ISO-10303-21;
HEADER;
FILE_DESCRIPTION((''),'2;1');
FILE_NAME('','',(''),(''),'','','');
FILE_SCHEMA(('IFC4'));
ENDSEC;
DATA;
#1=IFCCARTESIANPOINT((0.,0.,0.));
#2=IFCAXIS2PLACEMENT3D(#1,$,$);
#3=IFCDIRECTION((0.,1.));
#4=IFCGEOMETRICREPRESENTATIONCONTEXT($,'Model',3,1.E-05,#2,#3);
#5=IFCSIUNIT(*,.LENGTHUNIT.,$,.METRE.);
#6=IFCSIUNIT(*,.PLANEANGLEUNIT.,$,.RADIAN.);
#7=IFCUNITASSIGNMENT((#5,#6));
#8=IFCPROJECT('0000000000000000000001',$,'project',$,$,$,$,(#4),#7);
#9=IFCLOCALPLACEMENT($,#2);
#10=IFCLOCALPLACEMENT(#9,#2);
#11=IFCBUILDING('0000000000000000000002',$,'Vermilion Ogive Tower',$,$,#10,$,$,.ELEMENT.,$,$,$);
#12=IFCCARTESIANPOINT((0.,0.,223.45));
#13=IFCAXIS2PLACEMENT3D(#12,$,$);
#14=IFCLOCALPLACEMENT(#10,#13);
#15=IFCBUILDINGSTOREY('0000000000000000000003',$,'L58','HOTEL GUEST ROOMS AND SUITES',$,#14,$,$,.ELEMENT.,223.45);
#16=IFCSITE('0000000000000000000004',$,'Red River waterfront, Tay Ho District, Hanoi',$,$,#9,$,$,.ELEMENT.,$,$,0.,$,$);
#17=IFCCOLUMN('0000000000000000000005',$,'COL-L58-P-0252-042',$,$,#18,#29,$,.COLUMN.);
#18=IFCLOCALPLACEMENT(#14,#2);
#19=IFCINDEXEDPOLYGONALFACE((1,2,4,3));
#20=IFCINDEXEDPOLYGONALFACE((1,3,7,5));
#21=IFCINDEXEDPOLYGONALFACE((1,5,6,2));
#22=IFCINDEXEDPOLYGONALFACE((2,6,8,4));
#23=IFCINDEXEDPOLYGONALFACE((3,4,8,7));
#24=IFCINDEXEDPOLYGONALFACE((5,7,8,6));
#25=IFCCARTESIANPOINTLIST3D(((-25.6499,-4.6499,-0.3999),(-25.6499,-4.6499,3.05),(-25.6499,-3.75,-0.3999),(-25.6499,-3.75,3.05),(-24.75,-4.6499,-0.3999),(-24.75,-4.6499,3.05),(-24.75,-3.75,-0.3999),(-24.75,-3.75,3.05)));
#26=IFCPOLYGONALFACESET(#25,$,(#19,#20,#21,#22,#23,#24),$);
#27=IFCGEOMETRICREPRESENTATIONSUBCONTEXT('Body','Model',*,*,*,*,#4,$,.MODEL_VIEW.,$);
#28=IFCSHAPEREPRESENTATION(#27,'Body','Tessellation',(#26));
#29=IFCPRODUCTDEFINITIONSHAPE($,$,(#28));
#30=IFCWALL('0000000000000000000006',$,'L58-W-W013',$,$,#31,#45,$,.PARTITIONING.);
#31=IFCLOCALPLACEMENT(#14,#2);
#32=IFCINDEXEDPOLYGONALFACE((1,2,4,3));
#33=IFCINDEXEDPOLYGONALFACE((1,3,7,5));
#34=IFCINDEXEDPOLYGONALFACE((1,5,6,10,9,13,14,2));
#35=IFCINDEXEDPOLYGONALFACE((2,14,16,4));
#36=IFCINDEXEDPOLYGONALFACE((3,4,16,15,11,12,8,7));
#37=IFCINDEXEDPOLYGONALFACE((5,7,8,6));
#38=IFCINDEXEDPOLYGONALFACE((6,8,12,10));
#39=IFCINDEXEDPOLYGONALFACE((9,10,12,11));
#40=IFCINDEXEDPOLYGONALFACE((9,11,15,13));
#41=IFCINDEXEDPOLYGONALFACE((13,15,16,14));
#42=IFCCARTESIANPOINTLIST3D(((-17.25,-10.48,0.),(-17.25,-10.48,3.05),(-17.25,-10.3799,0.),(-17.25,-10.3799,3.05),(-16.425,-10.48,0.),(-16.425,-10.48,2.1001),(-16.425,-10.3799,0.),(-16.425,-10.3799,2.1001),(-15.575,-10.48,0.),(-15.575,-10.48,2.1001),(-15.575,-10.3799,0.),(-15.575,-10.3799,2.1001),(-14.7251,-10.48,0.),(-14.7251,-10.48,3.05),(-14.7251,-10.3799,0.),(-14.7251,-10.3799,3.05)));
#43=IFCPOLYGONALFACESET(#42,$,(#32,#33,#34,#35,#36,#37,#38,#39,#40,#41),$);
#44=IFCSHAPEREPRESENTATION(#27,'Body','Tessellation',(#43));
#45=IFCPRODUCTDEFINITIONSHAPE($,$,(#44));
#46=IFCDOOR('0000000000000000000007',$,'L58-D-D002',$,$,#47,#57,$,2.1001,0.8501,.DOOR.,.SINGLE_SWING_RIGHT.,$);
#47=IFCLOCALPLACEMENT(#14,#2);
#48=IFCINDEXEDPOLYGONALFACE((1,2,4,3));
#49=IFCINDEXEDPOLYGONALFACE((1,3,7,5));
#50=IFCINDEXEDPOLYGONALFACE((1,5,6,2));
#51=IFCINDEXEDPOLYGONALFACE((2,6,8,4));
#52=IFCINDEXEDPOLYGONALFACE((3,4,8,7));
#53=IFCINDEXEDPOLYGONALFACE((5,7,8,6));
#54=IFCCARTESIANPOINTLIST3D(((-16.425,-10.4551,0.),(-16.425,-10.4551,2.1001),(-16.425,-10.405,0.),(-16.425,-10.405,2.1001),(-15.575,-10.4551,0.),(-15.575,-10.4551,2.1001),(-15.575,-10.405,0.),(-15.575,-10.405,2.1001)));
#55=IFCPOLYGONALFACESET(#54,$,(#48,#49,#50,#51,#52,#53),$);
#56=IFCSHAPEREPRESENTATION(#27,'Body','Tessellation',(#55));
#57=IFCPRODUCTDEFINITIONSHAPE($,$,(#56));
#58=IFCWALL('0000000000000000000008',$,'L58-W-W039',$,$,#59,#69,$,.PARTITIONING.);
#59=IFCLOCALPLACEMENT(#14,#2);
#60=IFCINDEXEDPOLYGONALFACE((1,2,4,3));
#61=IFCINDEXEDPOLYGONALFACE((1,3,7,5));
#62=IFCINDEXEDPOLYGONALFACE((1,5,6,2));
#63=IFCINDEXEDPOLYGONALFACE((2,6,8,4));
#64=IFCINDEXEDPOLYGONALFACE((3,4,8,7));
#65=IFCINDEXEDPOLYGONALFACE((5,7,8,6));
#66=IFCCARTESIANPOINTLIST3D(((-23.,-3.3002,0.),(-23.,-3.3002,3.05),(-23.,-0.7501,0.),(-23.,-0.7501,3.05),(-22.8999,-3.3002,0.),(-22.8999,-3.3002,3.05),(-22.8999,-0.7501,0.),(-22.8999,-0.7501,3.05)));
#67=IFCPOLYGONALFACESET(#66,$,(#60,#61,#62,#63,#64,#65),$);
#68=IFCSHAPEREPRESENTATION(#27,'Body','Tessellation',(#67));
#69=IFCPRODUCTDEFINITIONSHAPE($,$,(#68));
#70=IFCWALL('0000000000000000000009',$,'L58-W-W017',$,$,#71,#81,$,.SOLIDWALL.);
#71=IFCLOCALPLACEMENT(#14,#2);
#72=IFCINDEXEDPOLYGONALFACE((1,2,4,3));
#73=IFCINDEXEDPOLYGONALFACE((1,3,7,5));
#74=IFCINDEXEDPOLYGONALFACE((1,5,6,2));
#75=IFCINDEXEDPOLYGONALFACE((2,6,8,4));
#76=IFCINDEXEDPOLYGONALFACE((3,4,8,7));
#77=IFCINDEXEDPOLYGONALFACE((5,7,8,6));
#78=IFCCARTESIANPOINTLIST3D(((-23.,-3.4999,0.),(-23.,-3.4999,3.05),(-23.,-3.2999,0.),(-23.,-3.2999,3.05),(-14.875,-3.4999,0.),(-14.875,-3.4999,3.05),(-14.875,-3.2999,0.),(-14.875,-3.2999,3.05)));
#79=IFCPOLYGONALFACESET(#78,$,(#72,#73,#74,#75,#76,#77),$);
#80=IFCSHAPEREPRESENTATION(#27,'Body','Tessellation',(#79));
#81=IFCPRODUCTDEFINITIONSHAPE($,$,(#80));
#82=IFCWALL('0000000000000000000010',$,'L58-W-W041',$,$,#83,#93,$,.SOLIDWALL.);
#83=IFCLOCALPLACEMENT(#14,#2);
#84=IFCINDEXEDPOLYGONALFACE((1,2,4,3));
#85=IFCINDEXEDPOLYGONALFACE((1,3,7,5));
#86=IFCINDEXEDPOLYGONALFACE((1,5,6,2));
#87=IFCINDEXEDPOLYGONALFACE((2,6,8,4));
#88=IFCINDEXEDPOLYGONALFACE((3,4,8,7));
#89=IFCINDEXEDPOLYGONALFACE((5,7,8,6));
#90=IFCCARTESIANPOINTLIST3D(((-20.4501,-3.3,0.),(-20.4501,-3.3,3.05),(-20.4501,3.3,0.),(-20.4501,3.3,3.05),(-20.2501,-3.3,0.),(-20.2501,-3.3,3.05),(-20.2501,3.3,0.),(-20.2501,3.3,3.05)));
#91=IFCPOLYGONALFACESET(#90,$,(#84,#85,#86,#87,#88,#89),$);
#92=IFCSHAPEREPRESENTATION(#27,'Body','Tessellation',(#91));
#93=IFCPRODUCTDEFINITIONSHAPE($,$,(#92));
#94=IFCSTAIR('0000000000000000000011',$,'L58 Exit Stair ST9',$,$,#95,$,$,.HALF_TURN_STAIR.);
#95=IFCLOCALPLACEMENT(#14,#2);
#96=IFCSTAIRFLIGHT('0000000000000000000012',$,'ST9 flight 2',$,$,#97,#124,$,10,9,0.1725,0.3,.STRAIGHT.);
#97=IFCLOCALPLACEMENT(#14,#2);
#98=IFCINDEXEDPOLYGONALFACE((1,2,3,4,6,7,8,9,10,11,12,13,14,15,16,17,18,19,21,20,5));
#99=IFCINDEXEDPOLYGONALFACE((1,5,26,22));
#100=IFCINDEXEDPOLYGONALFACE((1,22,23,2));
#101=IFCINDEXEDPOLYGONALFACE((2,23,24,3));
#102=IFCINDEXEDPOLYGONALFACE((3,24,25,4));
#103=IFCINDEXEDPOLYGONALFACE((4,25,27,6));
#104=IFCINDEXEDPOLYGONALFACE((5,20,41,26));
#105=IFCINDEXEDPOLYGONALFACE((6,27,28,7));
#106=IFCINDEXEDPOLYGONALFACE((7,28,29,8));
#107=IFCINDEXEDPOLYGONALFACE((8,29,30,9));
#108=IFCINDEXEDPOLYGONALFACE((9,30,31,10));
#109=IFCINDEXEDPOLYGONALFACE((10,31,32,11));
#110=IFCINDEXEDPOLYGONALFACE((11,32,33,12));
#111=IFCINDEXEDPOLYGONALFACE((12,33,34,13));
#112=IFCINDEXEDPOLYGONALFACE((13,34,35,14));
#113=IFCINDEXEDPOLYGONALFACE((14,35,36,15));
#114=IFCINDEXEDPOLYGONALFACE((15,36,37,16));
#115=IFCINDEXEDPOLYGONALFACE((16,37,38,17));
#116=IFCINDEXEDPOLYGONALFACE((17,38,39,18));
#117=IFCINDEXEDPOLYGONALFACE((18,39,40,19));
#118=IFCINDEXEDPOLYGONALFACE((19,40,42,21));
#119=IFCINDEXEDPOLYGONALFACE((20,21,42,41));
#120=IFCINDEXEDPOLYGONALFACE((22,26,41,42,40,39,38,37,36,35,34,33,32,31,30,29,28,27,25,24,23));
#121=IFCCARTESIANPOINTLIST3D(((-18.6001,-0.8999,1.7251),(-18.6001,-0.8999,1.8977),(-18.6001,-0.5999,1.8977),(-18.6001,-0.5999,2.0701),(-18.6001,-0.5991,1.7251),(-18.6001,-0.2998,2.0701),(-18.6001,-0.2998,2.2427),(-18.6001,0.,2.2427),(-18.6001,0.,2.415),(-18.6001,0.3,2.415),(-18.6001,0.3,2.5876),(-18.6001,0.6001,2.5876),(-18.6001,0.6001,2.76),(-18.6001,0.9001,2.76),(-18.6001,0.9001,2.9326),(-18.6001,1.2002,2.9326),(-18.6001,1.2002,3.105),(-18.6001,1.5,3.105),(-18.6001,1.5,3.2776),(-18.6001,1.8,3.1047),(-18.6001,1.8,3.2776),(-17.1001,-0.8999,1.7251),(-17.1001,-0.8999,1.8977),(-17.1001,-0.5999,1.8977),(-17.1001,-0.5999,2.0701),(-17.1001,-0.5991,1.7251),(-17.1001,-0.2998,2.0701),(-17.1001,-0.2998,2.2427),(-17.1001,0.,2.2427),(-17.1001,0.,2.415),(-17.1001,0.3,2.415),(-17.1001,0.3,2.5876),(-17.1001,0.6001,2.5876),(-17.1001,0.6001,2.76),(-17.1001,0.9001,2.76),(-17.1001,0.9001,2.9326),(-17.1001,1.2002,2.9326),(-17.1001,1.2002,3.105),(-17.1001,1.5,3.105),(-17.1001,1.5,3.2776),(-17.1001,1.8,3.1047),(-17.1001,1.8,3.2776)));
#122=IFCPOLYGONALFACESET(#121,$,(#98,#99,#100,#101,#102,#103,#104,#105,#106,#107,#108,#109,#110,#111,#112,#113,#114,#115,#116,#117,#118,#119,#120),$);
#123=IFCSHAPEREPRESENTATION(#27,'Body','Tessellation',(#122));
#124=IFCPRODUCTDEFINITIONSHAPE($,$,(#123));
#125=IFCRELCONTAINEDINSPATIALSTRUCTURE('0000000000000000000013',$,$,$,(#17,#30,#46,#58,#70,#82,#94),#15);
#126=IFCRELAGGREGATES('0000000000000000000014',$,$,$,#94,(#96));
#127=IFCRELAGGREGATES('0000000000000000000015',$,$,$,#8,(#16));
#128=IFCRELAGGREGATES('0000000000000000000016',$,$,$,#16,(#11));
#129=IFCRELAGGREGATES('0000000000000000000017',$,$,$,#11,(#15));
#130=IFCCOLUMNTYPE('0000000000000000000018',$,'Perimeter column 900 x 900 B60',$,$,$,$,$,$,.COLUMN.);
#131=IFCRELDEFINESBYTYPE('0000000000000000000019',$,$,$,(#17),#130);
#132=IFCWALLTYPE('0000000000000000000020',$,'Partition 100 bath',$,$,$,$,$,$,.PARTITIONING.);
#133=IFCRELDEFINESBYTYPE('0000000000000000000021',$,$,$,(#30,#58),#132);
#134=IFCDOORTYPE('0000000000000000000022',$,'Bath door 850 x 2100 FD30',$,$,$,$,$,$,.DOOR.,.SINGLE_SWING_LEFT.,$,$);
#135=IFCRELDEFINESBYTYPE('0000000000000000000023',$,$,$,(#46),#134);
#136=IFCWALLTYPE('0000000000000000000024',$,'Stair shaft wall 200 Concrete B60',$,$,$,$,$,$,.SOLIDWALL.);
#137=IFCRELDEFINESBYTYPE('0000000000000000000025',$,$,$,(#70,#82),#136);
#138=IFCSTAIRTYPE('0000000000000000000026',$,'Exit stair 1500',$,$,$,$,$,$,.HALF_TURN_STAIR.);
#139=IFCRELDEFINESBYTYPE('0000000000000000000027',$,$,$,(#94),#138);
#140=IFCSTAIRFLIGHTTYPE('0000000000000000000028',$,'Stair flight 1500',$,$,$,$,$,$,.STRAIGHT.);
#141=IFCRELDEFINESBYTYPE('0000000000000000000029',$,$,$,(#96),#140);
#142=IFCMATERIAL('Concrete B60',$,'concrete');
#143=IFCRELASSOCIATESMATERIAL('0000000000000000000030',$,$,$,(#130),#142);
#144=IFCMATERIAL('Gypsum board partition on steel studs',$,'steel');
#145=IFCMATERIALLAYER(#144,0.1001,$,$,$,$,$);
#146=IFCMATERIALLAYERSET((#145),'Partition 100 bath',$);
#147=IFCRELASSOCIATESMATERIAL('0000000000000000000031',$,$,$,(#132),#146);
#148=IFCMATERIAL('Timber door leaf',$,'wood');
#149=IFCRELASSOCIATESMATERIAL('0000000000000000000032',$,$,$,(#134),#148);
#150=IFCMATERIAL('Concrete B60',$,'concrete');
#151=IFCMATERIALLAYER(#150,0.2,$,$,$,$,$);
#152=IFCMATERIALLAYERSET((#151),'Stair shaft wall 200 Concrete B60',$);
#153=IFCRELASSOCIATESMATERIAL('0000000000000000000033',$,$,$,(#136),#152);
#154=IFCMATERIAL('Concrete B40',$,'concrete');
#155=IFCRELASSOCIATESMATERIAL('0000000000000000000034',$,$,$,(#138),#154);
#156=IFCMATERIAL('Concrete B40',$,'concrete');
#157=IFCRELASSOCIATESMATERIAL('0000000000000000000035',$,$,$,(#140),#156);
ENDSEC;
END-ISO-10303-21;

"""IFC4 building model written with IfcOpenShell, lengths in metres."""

from ifc_helpers import new_model, si_unit, direction, frame, frame_2d, origin, origin_2d, place, context, subcontext, project, spatial, polyline, rectangle, outline, extrude, material, layer, layer_set, material_profile, profile_set, type_object, element, fill, aggregate, save


model = new_model("IFC4")

# Units and contexts
model_context = context("Model", 3, precision=1e-05, world=origin(), true_north=direction((0.0, 1.0)))
body_context = subcontext(model_context, "Body", "Model", "MODEL_VIEW")
ifc_project = project(units=[si_unit("LENGTHUNIT", "METRE"), si_unit("PLANEANGLEUNIT", "RADIAN")], contexts=[model_context])

# Site, building, storey
site_placement = place(None, origin())
site = spatial("IfcSite", under=ifc_project, at=site_placement, Name="Red River waterfront, Tay Ho District, Hanoi", CompositionType="ELEMENT", RefElevation=0.0)
building_placement = place(site_placement, origin())
building = spatial("IfcBuilding", under=site, at=building_placement, Name="Vermilion Ogive Tower", CompositionType="ELEMENT")
storey_placement = place(building_placement, frame((0.0, 0.0, 223.45)))
storey = spatial("IfcBuildingStorey", under=building, at=storey_placement, Name="L58", Description="HOTEL GUEST ROOMS AND SUITES", CompositionType="ELEMENT", Elevation=223.45)

# Column
ifc_material_1 = material(Name="Concrete B60", Category="concrete")
ifc_material_profile = material_profile(ifc_material_1, rectangle(XDim=0.8999, YDim=0.8999, at=origin_2d()), Name="900 x 900")
ifc_profile_set = profile_set([ifc_material_profile], Name="Concrete B60")
column_type = type_object("IfcColumnType", Name="Perimeter column 900 x 900 B60", PredefinedType="COLUMN", material=ifc_profile_set)
column_placement = place(storey_placement, frame((-25.2, -4.2, -0.3999), z_axis=(0.0, 0.0, 1.0), x_axis=(1.0, 0.0, 0.0)))
element("IfcColumn", 1, at=column_placement, inside=storey, type_object=column_type, Name="COL-L58-P-0252-042", PredefinedType="COLUMN", context=body_context, shape_type="SweptSolid", body=[
    extrude(rectangle(XDim=0.8999, YDim=0.8999, at=origin_2d()), origin(), (0.0, 0.0, 1.0), 3.45),
])

# Wall, opening, door
ifc_material_2 = material(Name="Gypsum board partition on steel studs", Category="steel")
ifc_layer_1 = layer(ifc_material_2, 0.1001)
ifc_layer_set_1 = layer_set([ifc_layer_1], Name="Partition 100 bath")
wall_type_1 = type_object("IfcWallType", Name="Partition 100 bath", PredefinedType="PARTITIONING", material=ifc_layer_set_1)
wall_1_placement = place(storey_placement, frame((-17.25, -10.4299, 0.0), z_axis=(0.0, 0.0, 1.0), x_axis=(1.0, 0.0, 0.0)))
wall_1 = element("IfcWall", 2, at=wall_1_placement, inside=storey, type_object=wall_type_1, Name="L58-W-W013", PredefinedType="PARTITIONING", context=body_context, shape_type="SweptSolid", body=[
    extrude(rectangle(XDim=2.5249, YDim=0.1001, at=frame_2d((1.2625, 0.0))), origin(), (0.0, 0.0, 1.0), 3.05),
])
opening_placement = place(wall_1_placement, frame((0.825, 0.0, 0.0)))
opening = element("IfcOpeningElement", 3, at=opening_placement, cuts=wall_1, PredefinedType="OPENING", context=body_context, shape_type="SweptSolid", body=[
    extrude(rectangle(XDim=0.8501, YDim=2.1001, at=frame_2d((0.425, 1.05))), frame((0.0, 0.0601, 0.0), z_axis=(0.0, -1.0, 0.0), x_axis=(1.0, 0.0, 0.0)), (0.0, 0.0, 1.0), 0.1201),
])
ifc_material_3 = material(Name="Timber door leaf", Category="wood")
door_type = type_object("IfcDoorType", Name="Bath door 850 x 2100 FD30", OperationType="SINGLE_SWING_LEFT", PredefinedType="DOOR", material=ifc_material_3)
door_placement = place(opening_placement, origin())
door = element("IfcDoor", 4, at=door_placement, inside=storey, type_object=door_type, Name="L58-D-D002", OperationType="SINGLE_SWING_RIGHT", OverallHeight=2.1001, OverallWidth=0.8501, PredefinedType="DOOR", context=body_context, shape_type="SweptSolid", body=[
    extrude(rectangle(XDim=0.8501, YDim=2.1001, at=frame_2d((0.425, 1.05))), frame((0.0, 0.0249, 0.0), z_axis=(0.0, -1.0, 0.0), x_axis=(1.0, 0.0, 0.0)), (0.0, 0.0, 1.0), 0.05),
])
fill(opening, door)

# Walls
wall_2_placement = place(storey_placement, frame((-22.95, -3.3, 0.0), z_axis=(0.0, 0.0, 1.0), x_axis=(0.0, 1.0, 0.0)))
element("IfcWall", 5, at=wall_2_placement, inside=storey, type_object=wall_type_1, Name="L58-W-W039", PredefinedType="PARTITIONING", context=body_context, shape_type="SweptSolid", body=[
    extrude(rectangle(XDim=2.55, YDim=0.1001, at=frame_2d((1.2749, 0.0))), origin(), (0.0, 0.0, 1.0), 3.05),
])
ifc_material_4 = material(Name="Concrete B60", Category="concrete")
ifc_layer_2 = layer(ifc_material_4, 0.2)
ifc_layer_set_2 = layer_set([ifc_layer_2], Name="Stair shaft wall 200 Concrete B60")
wall_type_2 = type_object("IfcWallType", Name="Stair shaft wall 200 Concrete B60", PredefinedType="SOLIDWALL", material=ifc_layer_set_2)
wall_3_placement = place(storey_placement, frame((-23.0, -3.3999, 0.0), z_axis=(0.0, 0.0, 1.0), x_axis=(1.0, 0.0, 0.0)))
element("IfcWall", 6, at=wall_3_placement, inside=storey, type_object=wall_type_2, Name="L58-W-W017", PredefinedType="SOLIDWALL", context=body_context, shape_type="SweptSolid", body=[
    extrude(rectangle(XDim=8.125, YDim=0.2, at=frame_2d((4.0625, 0.0))), origin(), (0.0, 0.0, 1.0), 3.05),
])
wall_4_placement = place(storey_placement, frame((-20.3501, -3.3, 0.0), z_axis=(0.0, 0.0, 1.0), x_axis=(0.0, 1.0, 0.0)))
element("IfcWall", 7, at=wall_4_placement, inside=storey, type_object=wall_type_2, Name="L58-W-W041", PredefinedType="SOLIDWALL", context=body_context, shape_type="SweptSolid", body=[
    extrude(rectangle(XDim=6.6001, YDim=0.2, at=frame_2d((3.3, 0.0))), origin(), (0.0, 0.0, 1.0), 3.05),
])

# Stair, stair flight
ifc_material_5 = material(Name="Concrete B40", Category="concrete")
stair_type = type_object("IfcStairType", Name="Exit stair 1500", PredefinedType="HALF_TURN_STAIR", material=ifc_material_5)
stair_placement = place(storey_placement, origin())
stair = element("IfcStair", 8, at=stair_placement, inside=storey, type_object=stair_type, Name="L58 Exit Stair ST9", PredefinedType="HALF_TURN_STAIR")
ifc_material_6 = material(Name="Concrete B40", Category="concrete")
stair_flight_type = type_object("IfcStairFlightType", Name="Stair flight 1500", PredefinedType="STRAIGHT", material=ifc_material_6)
stair_flight_placement = place(storey_placement, frame((-17.8501, -0.8999, 1.7251), z_axis=(0.0, 0.0, 1.0), x_axis=(0.0, 1.0, 0.0)))
stair_flight = element("IfcStairFlight", 9, at=stair_flight_placement, type_object=stair_flight_type, Name="ST9 flight 2", NumberOfRisers=10, NumberOfTreads=9, PredefinedType="STRAIGHT", RiserHeight=0.1725, TreadLength=0.3, context=body_context, shape_type="SweptSolid", body=[
    extrude(outline(polyline([(0.0, 0.0), (0.0, 0.1726), (0.3, 0.1726), (0.3, 0.345), (0.6001, 0.345), (0.6001, 0.5176), (0.8999, 0.5176), (0.8999, 0.6899), (1.2, 0.6899), (1.2, 0.8625), (1.5, 0.8625), (1.5, 1.0349), (1.8, 1.0349), (1.8, 1.2075), (2.1001, 1.2075), (2.1001, 1.3799), (2.3999, 1.3799), (2.3999, 1.5525), (2.7, 1.5525), (2.7, 1.7251), (2.7, 1.3796), (0.3008, 0.0), (0.0, 0.0)])), frame((0.0, 0.75, 0.0), z_axis=(0.0, -1.0, 0.0), x_axis=(1.0, 0.0, 0.0)), (0.0, 0.0, 1.0), 1.5),
])
aggregate(stair, [stair_flight])

save(model, "model.ifc")
